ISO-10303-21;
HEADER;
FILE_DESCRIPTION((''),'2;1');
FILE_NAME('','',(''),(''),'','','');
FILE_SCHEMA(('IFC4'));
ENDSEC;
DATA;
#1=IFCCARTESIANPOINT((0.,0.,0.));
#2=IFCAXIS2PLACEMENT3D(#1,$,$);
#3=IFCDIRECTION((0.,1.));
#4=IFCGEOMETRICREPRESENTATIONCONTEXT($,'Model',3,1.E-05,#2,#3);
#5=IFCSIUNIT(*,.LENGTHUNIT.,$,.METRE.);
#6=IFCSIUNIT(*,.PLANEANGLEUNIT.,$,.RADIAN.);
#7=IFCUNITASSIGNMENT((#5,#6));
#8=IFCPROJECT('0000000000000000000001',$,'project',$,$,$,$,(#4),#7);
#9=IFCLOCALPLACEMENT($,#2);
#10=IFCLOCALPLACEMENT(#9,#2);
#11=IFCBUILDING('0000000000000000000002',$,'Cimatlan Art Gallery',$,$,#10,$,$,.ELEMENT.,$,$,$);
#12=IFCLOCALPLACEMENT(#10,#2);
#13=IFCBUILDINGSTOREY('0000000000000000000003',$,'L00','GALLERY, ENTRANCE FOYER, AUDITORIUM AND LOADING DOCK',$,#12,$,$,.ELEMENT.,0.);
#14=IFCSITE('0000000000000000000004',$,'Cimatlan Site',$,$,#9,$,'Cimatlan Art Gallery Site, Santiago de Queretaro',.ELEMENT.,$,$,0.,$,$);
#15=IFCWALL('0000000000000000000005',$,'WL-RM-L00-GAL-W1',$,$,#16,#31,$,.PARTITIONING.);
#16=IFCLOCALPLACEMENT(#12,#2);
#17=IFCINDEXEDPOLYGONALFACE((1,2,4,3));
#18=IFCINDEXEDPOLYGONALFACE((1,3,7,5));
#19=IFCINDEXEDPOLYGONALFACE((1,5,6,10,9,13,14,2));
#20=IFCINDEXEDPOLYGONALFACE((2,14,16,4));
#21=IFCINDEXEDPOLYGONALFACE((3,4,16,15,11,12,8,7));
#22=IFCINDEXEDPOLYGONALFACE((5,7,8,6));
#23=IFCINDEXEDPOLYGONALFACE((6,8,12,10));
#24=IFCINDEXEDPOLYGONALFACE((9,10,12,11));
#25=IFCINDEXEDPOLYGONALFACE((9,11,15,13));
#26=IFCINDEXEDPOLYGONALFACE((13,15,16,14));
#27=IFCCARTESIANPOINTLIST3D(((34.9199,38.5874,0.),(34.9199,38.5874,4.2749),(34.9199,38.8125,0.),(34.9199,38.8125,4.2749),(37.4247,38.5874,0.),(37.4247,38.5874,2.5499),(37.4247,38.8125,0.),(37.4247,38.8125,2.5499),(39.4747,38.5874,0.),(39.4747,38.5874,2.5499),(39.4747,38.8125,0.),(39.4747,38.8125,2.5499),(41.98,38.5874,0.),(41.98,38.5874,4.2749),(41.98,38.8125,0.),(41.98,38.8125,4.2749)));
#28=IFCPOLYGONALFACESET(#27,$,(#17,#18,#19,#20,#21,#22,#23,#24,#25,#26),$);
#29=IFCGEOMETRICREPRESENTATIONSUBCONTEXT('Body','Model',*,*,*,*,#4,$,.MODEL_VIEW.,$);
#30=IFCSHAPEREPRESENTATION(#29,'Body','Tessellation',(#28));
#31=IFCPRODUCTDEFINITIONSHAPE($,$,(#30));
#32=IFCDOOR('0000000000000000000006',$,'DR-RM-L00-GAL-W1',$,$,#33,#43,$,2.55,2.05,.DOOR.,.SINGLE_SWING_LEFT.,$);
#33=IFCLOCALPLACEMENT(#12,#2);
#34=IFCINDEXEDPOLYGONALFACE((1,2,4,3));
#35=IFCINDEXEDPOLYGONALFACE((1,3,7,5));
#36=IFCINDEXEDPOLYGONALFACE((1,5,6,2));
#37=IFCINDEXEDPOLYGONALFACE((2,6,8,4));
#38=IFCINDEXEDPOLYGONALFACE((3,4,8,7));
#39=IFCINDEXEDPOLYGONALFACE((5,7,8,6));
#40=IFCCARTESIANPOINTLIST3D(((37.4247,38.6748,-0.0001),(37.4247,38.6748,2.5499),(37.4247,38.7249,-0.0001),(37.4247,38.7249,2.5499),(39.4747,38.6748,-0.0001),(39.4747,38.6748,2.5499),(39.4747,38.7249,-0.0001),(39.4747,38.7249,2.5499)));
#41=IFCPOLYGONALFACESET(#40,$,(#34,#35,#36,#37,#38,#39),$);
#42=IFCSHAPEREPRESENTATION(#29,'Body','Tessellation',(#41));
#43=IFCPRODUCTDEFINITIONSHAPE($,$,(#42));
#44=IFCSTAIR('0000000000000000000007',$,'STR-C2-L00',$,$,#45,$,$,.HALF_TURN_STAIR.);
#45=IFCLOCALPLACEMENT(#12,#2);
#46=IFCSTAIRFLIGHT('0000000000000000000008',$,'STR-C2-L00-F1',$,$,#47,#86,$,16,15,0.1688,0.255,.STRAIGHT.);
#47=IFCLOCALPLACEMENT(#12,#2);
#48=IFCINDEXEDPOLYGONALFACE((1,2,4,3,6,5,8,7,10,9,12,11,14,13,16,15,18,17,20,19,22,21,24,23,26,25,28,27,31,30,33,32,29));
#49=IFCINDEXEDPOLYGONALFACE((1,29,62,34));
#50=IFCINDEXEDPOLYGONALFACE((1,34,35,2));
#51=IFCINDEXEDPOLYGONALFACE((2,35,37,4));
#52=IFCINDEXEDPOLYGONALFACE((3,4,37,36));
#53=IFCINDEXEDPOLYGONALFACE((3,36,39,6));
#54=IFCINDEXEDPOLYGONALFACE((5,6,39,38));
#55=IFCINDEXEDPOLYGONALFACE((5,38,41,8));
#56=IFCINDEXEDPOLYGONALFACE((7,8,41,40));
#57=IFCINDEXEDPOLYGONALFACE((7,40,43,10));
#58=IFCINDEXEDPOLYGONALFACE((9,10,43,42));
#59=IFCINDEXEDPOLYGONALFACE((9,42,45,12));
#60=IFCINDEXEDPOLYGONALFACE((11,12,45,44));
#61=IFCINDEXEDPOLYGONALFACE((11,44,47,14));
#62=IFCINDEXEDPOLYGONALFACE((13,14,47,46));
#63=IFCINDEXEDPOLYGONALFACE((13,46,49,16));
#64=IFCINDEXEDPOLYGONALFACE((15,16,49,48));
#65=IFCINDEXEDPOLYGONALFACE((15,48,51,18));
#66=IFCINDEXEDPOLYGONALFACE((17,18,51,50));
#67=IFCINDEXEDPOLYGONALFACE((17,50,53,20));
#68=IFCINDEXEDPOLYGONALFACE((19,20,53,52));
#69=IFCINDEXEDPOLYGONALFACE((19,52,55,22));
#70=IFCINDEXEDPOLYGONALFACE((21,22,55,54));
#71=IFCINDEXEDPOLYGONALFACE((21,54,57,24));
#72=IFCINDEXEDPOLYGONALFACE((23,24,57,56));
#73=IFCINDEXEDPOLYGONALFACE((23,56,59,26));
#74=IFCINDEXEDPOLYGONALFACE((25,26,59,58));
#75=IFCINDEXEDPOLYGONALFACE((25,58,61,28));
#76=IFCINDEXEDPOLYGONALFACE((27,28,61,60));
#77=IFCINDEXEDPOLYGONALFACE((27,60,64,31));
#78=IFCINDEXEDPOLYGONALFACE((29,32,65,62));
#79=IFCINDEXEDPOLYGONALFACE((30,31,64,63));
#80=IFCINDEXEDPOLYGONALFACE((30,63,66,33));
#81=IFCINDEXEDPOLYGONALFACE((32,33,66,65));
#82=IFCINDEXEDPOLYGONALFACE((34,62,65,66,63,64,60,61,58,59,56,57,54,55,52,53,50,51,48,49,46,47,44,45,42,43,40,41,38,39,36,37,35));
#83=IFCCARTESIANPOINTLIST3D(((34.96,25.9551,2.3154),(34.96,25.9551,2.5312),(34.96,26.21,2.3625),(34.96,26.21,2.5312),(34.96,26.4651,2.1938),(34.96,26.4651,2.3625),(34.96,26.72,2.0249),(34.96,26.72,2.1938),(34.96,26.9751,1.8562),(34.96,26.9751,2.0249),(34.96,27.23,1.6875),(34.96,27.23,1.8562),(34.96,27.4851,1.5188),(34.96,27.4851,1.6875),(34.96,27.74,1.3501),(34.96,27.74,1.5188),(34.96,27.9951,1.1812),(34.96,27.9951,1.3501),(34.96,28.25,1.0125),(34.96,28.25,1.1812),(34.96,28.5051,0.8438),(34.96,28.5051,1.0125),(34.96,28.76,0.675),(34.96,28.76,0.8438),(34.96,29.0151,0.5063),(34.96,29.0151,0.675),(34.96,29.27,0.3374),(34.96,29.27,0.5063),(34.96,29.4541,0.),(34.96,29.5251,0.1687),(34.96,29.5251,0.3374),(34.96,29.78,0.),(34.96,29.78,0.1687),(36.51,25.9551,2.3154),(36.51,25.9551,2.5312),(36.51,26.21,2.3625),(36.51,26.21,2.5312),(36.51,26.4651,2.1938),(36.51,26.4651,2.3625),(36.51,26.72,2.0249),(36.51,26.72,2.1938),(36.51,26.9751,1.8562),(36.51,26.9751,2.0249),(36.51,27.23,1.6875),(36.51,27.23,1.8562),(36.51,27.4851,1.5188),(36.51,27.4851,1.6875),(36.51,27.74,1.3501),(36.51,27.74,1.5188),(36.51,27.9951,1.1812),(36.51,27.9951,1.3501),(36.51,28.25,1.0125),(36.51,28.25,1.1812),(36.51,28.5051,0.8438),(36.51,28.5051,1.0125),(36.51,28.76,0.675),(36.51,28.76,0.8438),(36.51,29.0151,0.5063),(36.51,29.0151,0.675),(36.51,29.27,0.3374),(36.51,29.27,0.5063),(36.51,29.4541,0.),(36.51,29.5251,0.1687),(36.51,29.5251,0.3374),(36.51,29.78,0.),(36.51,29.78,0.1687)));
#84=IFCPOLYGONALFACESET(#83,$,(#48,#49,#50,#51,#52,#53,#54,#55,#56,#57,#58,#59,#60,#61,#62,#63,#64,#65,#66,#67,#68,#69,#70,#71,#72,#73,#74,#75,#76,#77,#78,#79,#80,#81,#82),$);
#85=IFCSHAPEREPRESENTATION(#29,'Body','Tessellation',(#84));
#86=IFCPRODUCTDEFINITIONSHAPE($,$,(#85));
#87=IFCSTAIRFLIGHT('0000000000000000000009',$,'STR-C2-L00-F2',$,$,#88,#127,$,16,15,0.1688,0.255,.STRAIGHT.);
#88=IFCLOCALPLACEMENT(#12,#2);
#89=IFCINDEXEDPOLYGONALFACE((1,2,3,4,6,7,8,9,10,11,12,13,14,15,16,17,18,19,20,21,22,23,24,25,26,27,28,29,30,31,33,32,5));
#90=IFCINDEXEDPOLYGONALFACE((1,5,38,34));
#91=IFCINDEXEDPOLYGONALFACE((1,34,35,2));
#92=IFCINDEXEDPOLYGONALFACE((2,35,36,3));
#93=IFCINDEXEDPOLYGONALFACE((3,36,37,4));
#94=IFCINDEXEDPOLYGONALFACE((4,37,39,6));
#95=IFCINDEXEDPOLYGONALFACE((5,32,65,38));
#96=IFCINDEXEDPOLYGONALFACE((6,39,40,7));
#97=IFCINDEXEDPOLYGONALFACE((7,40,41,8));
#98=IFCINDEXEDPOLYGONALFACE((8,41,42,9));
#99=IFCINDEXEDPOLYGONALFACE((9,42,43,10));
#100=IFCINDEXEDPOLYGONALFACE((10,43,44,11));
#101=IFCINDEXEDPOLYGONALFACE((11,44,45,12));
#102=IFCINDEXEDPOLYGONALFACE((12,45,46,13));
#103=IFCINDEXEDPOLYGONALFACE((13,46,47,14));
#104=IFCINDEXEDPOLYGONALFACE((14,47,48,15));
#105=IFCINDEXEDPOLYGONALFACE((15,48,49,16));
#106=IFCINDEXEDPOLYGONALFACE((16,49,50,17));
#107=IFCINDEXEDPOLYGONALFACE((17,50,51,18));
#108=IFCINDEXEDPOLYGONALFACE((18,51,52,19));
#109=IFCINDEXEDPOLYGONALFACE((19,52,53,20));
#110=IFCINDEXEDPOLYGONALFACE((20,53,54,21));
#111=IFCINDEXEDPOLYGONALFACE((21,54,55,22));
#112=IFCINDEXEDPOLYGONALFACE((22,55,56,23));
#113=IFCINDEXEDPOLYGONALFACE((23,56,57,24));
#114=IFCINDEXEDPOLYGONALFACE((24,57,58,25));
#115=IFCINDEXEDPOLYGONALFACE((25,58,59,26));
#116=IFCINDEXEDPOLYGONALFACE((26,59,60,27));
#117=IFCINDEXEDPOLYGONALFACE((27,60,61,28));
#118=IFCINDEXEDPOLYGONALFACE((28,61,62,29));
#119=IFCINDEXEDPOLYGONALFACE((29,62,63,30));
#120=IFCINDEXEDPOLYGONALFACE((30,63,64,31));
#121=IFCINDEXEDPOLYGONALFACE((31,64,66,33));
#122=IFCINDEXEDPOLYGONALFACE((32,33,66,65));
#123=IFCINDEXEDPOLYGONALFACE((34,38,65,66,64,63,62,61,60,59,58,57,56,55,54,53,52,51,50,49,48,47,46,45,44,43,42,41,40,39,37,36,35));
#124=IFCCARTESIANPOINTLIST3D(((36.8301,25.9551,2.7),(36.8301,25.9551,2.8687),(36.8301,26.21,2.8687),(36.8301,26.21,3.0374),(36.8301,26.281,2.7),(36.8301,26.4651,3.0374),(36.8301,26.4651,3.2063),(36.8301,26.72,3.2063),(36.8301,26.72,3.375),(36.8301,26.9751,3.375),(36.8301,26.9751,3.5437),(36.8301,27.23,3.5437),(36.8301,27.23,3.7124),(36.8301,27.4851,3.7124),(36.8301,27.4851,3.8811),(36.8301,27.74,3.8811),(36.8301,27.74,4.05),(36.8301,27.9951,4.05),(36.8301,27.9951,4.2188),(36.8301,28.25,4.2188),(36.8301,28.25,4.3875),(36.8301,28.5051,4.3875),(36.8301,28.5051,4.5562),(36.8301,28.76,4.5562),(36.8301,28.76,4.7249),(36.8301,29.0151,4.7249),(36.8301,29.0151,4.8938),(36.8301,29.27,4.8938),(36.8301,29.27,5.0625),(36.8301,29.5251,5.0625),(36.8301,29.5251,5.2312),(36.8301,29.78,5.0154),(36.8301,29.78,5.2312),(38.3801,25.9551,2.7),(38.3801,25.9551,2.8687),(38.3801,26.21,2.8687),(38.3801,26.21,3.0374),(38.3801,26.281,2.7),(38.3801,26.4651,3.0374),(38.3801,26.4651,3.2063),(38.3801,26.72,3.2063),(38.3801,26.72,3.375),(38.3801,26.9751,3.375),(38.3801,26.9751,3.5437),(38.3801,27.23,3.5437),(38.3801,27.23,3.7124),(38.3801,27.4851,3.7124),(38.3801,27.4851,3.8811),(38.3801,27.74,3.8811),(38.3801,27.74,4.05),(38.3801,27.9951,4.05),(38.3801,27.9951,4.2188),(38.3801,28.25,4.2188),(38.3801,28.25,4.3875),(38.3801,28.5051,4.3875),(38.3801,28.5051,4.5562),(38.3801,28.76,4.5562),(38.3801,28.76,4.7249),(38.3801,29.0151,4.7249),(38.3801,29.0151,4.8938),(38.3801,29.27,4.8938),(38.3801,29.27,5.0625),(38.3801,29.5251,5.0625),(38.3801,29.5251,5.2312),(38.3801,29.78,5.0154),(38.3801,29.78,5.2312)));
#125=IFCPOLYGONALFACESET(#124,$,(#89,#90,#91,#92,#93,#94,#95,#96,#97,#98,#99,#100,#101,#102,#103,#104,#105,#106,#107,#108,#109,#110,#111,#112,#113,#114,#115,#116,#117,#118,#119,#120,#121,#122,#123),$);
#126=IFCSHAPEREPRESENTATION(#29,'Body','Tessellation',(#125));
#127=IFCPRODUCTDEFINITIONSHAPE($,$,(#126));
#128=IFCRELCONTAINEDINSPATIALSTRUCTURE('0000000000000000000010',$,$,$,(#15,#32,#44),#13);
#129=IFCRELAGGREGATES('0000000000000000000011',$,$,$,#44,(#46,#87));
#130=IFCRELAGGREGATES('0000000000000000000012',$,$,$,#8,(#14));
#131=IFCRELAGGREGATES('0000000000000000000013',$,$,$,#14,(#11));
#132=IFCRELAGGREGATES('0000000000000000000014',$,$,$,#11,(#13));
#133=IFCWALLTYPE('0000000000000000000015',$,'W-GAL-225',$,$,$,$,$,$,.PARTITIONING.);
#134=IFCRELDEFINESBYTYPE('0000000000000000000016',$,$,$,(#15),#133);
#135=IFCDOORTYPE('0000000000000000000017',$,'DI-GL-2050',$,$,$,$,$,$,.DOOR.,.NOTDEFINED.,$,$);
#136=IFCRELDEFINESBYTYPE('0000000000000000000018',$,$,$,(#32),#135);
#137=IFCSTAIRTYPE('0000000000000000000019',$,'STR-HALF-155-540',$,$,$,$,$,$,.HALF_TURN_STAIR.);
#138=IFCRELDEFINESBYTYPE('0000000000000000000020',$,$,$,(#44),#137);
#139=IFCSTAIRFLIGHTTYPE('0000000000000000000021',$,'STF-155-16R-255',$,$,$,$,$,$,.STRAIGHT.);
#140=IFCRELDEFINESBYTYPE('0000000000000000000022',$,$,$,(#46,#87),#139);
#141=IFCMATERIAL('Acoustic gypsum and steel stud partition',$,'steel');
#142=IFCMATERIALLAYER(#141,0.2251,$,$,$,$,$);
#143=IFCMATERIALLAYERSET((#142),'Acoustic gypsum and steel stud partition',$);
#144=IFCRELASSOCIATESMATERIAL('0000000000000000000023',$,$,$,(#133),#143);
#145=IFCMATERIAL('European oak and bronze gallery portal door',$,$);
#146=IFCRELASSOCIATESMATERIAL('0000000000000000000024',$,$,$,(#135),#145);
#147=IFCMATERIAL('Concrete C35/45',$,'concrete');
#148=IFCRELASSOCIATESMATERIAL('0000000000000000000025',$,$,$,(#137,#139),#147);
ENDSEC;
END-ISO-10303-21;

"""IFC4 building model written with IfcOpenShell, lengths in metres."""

from ifc_helpers import new_model, si_unit, direction, frame, frame_2d, origin, place, context, subcontext, project, spatial, polyline, rectangle, outline, extrude, material, layer, layer_set, type_object, element, fill, aggregate, save


model = new_model("IFC4")

# Units and contexts
model_context = context("Model", 3, precision=1e-05, world=origin(), true_north=direction((0.0, 1.0)))
body_context = subcontext(model_context, "Body", "Model", "MODEL_VIEW")
ifc_project = project(units=[si_unit("LENGTHUNIT", "METRE"), si_unit("PLANEANGLEUNIT", "RADIAN")], contexts=[model_context])

# Site, building, storey
site_placement = place(None, origin())
site = spatial("IfcSite", under=ifc_project, at=site_placement, Name="Cimatlan Site", LongName="Cimatlan Art Gallery Site, Santiago de Queretaro", CompositionType="ELEMENT", RefElevation=0.0)
building_placement = place(site_placement, origin())
building = spatial("IfcBuilding", under=site, at=building_placement, Name="Cimatlan Art Gallery", CompositionType="ELEMENT")
storey_placement = place(building_placement, origin())
storey = spatial("IfcBuildingStorey", under=building, at=storey_placement, Name="L00", Description="GALLERY, ENTRANCE FOYER, AUDITORIUM AND LOADING DOCK", CompositionType="ELEMENT", Elevation=0.0)

# Wall, opening, door
ifc_material_1 = material(Name="Acoustic gypsum and steel stud partition", Category="steel")
ifc_layer_1 = layer(ifc_material_1, 0.2251)
ifc_layer_set_1 = layer_set([ifc_layer_1], Name="Acoustic gypsum and steel stud partition")
wall_type_1 = type_object("IfcWallType", Name="W-GAL-225", PredefinedType="PARTITIONING", material=ifc_layer_set_1)
wall_1_placement = place(storey_placement, frame((34.9199, 38.7, 0.0), z_axis=(0.0, 0.0, 1.0), x_axis=(1.0, 0.0, 0.0)))
wall_1 = element("IfcWall", 1, at=wall_1_placement, inside=storey, type_object=wall_type_1, Name="WL-RM-L00-GAL-W1", PredefinedType="PARTITIONING", context=body_context, shape_type="SweptSolid", body=[
    extrude(rectangle(XDim=7.0601, YDim=0.2251, at=frame_2d((3.53, 0.0))), origin(), (0.0, 0.0, 1.0), 4.2749),
])
opening_1_placement = place(wall_1_placement, frame((2.5049, 0.0, 0.0)))
opening_1 = element("IfcOpeningElement", 2, at=opening_1_placement, cuts=wall_1, PredefinedType="OPENING", context=body_context, shape_type="SweptSolid", body=[
    extrude(rectangle(XDim=2.05, YDim=2.55, at=frame_2d((1.0249, 1.2749))), frame((0.0, 0.1226, 0.0), z_axis=(0.0, -1.0, 0.0), x_axis=(1.0, 0.0, 0.0)), (0.0, 0.0, 1.0), 0.2451),
])
ifc_material_2 = material(Name="European oak and bronze gallery portal door")
door_type_1 = type_object("IfcDoorType", Name="DI-GL-2050", OperationType="NOTDEFINED", PredefinedType="DOOR", material=ifc_material_2)
door_1_placement = place(opening_1_placement, origin())
door_1 = element("IfcDoor", 3, at=door_1_placement, inside=storey, type_object=door_type_1, Name="DR-RM-L00-GAL-W1", OperationType="SINGLE_SWING_LEFT", OverallHeight=2.55, OverallWidth=2.05, PredefinedType="DOOR", context=body_context, shape_type="SweptSolid", body=[
    extrude(rectangle(XDim=2.05, YDim=2.55, at=frame_2d((1.0249, 1.2749))), frame((0.0, 0.0249, 0.0), z_axis=(0.0, -1.0, 0.0), x_axis=(1.0, 0.0, 0.0)), (0.0, 0.0, 1.0), 0.05),
])
fill(opening_1, door_1)

# Stair, stair flights
ifc_material_3 = material(Name="Concrete C35/45", Category="concrete")
stair_type = type_object("IfcStairType", Name="STR-HALF-155-540", PredefinedType="HALF_TURN_STAIR", material=ifc_material_3)
stair_placement = place(storey_placement, origin())
stair = element("IfcStair", 4, at=stair_placement, inside=storey, type_object=stair_type, Name="STR-C2-L00", PredefinedType="HALF_TURN_STAIR")
stair_flight_type = type_object("IfcStairFlightType", Name="STF-155-16R-255", PredefinedType="STRAIGHT", material=ifc_material_3)
stair_flight_1_placement = place(storey_placement, frame((35.7351, 29.78, 0.0), z_axis=(0.0, 0.0, 1.0), x_axis=(0.0, -1.0, 0.0)))
stair_flight_1 = element("IfcStairFlight", 5, at=stair_flight_1_placement, type_object=stair_flight_type, Name="STR-C2-L00-F1", NumberOfRisers=16, NumberOfTreads=15, PredefinedType="STRAIGHT", RiserHeight=0.1688, TreadLength=0.255, context=body_context, shape_type="SweptSolid", body=[
    extrude(outline(polyline([(0.0, 0.0), (0.0, 0.1687), (0.2549, 0.1687), (0.2549, 0.3374), (0.51, 0.3374), (0.51, 0.5063), (0.7649, 0.5063), (0.7649, 0.675), (1.02, 0.675), (1.02, 0.8438), (1.2749, 0.8438), (1.2749, 1.0125), (1.53, 1.0125), (1.53, 1.1812), (1.7849, 1.1812), (1.7849, 1.3501), (2.04, 1.3501), (2.04, 1.5188), (2.2949, 1.5188), (2.2949, 1.6875), (2.55, 1.6875), (2.55, 1.8562), (2.8049, 1.8562), (2.8049, 2.0249), (3.0601, 2.0249), (3.0601, 2.1938), (3.3149, 2.1938), (3.3149, 2.3625), (3.5701, 2.3625), (3.5701, 2.5312), (3.825, 2.5312), (3.825, 2.7), (3.825, 2.3154), (0.3259, 0.0), (0.0, 0.0)])), frame((0.0, 0.7749, 0.0), z_axis=(0.0, -1.0, 0.0), x_axis=(1.0, 0.0, 0.0)), (0.0, 0.0, 1.0), 1.55),
])
stair_flight_2_placement = place(storey_placement, frame((37.605, 25.9551, 2.7), z_axis=(0.0, 0.0, 1.0), x_axis=(0.0, 1.0, 0.0)))
stair_flight_2 = element("IfcStairFlight", 6, at=stair_flight_2_placement, type_object=stair_flight_type, Name="STR-C2-L00-F2", NumberOfRisers=16, NumberOfTreads=15, PredefinedType="STRAIGHT", RiserHeight=0.1688, TreadLength=0.255, context=body_context, shape_type="SweptSolid", body=[
    extrude(outline(polyline([(0.0, 0.0), (0.0, 0.1687), (0.2549, 0.1687), (0.2549, 0.3374), (0.51, 0.3374), (0.51, 0.5063), (0.7649, 0.5063), (0.7649, 0.675), (1.02, 0.675), (1.02, 0.8438), (1.2749, 0.8438), (1.2749, 1.0125), (1.53, 1.0125), (1.53, 1.1812), (1.7849, 1.1812), (1.7849, 1.3501), (2.04, 1.3501), (2.04, 1.5188), (2.2949, 1.5188), (2.2949, 1.6875), (2.55, 1.6875), (2.55, 1.8562), (2.8049, 1.8562), (2.8049, 2.0249), (3.0601, 2.0249), (3.0601, 2.1938), (3.3149, 2.1938), (3.3149, 2.3625), (3.5701, 2.3625), (3.5701, 2.5312), (3.825, 2.5312), (3.825, 2.7), (3.825, 2.3154), (0.3259, 0.0), (0.0, 0.0)])), frame((0.0, 0.7749, 0.0), z_axis=(0.0, -1.0, 0.0), x_axis=(1.0, 0.0, 0.0)), (0.0, 0.0, 1.0), 1.55),
])
aggregate(stair, [stair_flight_1, stair_flight_2])

save(model, "model.ifc")
